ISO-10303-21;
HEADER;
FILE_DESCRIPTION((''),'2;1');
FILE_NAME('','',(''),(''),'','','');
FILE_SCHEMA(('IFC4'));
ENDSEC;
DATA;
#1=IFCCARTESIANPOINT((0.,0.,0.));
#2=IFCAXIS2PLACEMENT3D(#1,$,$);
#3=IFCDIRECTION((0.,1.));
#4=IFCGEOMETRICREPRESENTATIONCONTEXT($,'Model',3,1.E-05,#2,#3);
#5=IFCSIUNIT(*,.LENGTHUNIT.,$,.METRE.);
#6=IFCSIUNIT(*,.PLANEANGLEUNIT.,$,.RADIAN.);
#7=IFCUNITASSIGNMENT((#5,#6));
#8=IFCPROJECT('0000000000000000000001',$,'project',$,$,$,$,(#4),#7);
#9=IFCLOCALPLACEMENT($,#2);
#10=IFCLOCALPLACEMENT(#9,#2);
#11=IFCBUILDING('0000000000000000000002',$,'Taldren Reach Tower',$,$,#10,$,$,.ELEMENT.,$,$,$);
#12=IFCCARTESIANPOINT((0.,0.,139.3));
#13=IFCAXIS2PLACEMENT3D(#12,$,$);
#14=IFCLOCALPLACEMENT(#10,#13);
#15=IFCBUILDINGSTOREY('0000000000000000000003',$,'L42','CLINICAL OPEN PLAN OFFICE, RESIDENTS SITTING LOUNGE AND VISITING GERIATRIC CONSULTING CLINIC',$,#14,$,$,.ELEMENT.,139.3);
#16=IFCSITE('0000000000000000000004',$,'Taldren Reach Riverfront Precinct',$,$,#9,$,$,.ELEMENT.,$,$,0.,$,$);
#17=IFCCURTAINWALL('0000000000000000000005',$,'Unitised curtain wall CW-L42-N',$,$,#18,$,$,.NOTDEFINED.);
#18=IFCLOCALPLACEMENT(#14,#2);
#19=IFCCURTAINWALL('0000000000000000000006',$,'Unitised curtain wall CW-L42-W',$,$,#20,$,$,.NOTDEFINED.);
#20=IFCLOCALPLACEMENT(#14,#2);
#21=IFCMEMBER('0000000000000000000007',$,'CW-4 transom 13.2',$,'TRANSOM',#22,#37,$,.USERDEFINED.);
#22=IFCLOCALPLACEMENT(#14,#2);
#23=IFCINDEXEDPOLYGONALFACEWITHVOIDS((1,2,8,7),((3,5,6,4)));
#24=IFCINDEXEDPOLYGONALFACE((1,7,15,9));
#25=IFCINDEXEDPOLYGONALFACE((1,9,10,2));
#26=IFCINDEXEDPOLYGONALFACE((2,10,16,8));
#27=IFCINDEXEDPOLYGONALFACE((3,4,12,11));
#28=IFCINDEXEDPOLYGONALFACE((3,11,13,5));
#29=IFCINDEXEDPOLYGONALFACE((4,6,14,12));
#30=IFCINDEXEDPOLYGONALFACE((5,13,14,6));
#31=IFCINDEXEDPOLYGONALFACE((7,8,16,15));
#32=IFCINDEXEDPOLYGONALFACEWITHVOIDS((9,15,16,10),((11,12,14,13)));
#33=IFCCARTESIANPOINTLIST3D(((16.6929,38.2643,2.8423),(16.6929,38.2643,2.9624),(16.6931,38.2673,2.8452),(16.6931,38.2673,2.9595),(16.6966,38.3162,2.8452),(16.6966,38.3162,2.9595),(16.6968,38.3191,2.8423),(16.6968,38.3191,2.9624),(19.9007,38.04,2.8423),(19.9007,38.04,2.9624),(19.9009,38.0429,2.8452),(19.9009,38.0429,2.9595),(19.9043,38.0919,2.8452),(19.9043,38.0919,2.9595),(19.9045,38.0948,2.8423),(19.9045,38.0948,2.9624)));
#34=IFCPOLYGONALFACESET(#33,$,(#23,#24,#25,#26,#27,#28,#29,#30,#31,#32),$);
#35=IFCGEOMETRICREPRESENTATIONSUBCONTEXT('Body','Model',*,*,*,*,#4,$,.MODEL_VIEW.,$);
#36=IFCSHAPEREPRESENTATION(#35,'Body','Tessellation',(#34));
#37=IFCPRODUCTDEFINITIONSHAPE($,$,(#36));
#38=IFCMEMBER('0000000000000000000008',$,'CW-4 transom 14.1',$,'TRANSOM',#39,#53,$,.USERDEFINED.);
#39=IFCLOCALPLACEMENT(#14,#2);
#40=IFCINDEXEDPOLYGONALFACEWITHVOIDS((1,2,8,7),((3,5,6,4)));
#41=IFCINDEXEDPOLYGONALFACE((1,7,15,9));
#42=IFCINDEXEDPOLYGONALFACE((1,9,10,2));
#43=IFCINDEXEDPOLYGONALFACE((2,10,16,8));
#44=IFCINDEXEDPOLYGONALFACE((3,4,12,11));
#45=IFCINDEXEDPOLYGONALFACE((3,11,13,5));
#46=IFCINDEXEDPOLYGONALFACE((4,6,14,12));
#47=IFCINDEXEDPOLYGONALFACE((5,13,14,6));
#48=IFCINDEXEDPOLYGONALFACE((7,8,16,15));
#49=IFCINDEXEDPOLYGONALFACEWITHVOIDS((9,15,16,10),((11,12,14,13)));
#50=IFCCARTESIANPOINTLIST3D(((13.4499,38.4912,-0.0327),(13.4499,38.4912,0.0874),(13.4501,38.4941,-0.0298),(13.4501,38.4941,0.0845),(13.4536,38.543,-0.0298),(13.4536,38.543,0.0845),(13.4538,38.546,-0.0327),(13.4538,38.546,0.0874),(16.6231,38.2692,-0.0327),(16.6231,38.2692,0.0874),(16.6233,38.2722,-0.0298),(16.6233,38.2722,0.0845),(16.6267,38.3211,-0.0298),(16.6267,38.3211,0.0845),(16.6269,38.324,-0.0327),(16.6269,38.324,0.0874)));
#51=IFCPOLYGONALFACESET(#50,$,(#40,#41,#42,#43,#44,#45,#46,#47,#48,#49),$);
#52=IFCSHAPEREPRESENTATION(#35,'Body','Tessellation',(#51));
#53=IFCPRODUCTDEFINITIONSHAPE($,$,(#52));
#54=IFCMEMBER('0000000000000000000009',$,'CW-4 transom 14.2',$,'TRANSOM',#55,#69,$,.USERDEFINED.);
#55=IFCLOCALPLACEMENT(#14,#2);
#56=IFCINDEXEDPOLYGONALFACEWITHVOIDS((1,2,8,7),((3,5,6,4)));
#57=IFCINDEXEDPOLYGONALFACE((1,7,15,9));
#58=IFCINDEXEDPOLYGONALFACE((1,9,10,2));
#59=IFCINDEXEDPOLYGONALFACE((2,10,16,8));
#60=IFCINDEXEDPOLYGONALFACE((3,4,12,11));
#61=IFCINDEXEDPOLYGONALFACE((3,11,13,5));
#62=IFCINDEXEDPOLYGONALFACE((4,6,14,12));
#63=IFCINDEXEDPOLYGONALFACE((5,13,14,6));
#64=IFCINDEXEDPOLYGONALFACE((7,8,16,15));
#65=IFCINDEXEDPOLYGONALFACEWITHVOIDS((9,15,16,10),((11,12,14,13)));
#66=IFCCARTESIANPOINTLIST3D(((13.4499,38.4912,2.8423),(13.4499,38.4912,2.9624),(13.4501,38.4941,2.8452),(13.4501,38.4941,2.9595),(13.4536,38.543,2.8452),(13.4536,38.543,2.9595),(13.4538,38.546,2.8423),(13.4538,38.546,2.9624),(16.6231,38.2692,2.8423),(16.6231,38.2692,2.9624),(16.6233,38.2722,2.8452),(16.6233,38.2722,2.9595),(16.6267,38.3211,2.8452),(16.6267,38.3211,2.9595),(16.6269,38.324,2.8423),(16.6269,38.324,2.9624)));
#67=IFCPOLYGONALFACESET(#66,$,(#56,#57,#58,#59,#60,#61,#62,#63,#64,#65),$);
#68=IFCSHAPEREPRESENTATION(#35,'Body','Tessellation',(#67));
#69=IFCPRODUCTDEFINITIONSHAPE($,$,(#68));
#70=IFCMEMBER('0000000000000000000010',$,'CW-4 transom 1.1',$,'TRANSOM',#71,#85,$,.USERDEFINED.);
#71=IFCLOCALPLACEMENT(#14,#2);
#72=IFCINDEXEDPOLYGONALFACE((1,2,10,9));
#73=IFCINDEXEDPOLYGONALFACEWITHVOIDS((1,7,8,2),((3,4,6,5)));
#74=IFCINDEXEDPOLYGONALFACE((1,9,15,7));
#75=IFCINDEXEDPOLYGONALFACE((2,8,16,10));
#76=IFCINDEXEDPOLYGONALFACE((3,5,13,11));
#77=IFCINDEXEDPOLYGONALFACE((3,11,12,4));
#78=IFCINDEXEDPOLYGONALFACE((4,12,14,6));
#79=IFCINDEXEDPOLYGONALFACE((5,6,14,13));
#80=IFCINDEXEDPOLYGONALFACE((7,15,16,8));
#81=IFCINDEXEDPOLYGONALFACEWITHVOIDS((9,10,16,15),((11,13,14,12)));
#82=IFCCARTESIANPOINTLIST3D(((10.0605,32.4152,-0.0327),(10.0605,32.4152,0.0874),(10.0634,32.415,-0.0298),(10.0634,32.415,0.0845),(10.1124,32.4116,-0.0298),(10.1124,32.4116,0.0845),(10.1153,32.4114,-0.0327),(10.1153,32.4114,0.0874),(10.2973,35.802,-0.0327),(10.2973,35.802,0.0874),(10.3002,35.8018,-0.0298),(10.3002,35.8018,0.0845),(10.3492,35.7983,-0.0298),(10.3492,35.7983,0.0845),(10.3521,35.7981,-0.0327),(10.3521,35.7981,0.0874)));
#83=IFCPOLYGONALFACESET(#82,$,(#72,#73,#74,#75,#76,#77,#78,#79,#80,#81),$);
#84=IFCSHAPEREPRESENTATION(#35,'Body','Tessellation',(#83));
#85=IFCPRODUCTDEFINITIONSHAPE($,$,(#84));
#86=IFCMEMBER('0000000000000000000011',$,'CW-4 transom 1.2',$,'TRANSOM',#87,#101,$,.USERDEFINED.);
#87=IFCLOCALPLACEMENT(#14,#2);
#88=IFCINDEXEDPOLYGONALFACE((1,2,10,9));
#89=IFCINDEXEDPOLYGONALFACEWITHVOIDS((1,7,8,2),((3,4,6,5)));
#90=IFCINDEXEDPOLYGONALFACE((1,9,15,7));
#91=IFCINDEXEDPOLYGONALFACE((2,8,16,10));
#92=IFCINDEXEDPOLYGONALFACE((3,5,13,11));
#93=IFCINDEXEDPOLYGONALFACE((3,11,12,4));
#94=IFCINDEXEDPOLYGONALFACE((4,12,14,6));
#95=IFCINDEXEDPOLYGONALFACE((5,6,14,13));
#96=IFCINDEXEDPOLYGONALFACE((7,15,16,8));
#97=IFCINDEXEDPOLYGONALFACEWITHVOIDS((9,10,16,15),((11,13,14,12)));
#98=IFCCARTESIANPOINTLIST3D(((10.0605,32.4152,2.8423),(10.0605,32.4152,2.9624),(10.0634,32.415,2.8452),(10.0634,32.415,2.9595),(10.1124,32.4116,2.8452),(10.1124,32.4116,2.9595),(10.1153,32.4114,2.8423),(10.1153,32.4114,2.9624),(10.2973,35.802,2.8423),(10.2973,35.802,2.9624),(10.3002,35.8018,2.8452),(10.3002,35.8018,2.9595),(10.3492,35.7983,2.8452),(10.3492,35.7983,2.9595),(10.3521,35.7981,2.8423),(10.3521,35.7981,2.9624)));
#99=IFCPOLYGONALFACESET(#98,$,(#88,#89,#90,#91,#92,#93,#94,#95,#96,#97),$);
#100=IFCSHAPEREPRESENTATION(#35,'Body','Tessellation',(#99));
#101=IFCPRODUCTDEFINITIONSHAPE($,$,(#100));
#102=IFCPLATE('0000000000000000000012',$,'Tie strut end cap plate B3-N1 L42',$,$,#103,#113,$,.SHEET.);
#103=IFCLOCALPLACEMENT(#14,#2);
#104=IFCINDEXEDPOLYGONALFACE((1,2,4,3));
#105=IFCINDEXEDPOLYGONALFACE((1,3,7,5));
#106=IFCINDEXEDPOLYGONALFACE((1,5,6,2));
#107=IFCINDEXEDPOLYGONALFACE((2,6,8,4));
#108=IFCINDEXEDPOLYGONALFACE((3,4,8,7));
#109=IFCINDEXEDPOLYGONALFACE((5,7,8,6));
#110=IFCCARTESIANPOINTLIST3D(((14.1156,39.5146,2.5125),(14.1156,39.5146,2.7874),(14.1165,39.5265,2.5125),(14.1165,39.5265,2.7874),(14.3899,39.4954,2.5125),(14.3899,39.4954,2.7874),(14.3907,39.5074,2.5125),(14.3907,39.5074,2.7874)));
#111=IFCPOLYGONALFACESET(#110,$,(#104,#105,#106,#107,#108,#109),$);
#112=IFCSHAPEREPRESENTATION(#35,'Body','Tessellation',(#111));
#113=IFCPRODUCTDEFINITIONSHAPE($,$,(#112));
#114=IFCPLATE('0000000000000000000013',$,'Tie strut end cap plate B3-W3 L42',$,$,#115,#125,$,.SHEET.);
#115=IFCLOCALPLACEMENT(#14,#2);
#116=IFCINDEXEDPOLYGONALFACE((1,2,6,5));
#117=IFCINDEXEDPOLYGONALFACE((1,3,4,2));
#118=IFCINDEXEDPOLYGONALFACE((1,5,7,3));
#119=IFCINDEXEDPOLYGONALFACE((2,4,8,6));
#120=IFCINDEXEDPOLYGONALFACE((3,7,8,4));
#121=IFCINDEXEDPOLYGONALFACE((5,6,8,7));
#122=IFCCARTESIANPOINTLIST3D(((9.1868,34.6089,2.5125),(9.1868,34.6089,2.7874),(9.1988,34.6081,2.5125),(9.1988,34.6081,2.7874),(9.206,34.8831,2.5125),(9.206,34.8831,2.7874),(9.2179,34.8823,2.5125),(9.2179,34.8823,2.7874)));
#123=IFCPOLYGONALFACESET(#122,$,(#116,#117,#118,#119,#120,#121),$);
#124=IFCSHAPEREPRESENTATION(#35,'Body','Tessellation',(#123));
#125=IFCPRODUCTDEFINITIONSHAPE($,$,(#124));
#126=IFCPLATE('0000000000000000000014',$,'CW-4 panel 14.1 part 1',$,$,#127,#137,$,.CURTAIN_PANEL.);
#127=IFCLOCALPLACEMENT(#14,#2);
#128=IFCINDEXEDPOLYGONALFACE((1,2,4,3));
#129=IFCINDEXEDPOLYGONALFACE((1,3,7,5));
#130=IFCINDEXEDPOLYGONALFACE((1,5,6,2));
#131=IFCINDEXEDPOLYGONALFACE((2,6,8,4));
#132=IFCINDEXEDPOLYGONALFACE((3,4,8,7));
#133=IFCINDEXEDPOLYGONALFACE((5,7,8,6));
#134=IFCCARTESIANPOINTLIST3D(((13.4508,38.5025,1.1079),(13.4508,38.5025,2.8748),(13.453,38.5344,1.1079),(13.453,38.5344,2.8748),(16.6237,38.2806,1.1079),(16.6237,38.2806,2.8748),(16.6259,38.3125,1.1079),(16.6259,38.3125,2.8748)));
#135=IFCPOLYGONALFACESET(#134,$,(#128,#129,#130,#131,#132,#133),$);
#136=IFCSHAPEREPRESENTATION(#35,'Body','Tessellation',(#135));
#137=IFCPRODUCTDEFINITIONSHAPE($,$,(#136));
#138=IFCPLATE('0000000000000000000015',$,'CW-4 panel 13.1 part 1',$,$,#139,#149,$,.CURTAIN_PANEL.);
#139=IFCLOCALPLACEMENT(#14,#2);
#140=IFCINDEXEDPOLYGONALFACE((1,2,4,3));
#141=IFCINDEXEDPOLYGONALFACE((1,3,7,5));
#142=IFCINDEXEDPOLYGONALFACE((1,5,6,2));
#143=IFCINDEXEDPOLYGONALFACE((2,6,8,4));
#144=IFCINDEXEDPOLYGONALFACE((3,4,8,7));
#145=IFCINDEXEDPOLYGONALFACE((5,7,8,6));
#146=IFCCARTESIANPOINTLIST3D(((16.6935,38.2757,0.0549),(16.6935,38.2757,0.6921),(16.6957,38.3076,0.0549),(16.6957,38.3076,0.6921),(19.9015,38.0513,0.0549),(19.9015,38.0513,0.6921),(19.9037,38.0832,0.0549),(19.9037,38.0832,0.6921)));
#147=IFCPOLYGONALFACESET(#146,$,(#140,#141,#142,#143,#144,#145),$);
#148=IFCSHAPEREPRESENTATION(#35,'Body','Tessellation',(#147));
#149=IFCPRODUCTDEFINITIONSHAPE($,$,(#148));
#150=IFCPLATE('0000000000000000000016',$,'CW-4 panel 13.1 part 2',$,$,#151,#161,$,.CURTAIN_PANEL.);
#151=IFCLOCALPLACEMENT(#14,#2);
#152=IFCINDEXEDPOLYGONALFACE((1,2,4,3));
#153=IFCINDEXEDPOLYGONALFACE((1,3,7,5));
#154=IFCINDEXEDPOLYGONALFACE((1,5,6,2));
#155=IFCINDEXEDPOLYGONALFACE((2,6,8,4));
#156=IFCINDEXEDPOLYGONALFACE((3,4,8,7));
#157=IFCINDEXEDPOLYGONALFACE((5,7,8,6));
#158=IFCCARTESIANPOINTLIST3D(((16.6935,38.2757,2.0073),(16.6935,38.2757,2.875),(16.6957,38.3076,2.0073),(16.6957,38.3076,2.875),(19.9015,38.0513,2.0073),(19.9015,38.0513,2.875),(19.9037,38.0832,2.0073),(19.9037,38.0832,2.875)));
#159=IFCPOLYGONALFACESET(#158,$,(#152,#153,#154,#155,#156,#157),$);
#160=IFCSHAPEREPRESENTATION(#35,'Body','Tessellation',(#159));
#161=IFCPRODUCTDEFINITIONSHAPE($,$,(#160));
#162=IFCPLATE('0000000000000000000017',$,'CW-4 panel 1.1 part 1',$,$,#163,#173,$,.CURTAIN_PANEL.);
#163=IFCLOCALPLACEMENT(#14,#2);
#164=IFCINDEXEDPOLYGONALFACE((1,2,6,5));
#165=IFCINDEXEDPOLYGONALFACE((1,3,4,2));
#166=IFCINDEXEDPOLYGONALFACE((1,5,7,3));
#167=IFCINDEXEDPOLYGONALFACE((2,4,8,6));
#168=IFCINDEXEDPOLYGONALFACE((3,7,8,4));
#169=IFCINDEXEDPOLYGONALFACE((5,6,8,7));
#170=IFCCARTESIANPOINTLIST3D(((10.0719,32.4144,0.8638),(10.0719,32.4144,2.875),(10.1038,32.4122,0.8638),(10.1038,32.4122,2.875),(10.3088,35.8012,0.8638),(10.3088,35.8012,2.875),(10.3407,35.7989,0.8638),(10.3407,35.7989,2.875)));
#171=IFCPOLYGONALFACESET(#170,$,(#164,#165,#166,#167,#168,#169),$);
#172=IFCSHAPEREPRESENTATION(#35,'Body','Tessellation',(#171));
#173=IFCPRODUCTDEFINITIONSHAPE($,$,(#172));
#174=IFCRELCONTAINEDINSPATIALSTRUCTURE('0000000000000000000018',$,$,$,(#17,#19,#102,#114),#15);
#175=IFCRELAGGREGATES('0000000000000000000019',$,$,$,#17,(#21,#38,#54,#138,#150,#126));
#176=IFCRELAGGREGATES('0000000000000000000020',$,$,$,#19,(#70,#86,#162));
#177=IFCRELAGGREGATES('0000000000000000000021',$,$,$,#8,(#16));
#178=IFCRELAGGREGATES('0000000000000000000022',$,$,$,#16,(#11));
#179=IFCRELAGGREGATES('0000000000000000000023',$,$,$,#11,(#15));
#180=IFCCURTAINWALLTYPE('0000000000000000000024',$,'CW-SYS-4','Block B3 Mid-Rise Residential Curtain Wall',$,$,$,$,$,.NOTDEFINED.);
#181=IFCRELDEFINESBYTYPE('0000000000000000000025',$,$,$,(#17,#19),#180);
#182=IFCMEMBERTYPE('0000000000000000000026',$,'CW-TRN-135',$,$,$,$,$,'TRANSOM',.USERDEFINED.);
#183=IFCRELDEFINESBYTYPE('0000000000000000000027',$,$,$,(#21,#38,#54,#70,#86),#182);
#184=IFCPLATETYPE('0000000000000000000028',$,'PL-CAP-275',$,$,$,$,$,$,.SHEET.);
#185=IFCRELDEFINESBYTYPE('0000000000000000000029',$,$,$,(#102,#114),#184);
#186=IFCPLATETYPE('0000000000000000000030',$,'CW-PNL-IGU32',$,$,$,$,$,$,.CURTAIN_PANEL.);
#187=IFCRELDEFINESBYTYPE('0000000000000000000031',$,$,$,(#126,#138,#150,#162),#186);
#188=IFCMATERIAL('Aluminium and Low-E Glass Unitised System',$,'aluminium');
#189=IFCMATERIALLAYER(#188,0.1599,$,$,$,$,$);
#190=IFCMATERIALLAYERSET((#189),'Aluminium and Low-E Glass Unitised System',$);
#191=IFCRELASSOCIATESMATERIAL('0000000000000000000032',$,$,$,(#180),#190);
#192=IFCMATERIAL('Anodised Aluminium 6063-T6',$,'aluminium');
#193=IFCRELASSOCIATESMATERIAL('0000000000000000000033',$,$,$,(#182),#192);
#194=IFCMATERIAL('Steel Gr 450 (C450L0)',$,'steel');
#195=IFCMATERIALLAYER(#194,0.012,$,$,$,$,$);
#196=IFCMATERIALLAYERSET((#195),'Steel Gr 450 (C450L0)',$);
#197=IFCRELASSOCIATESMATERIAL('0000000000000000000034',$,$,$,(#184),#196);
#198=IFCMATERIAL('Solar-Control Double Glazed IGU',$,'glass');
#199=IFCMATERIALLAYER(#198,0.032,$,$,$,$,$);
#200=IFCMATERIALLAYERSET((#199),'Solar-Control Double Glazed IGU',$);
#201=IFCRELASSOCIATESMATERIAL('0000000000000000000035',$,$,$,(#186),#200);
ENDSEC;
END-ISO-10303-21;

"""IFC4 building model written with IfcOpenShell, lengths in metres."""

from ifc_helpers import new_model, si_unit, direction, frame, origin, origin_2d, place, context, subcontext, project, spatial, rectangle, hollow_rectangle, extrude, source, transform, mapped, material, layer, layer_set, material_profile, profile_set, type_object, element, aggregate, save


model = new_model("IFC4")

# Units and contexts
model_context = context("Model", 3, precision=1e-05, world=origin(), true_north=direction((0.0, 1.0)))
body_context = subcontext(model_context, "Body", "Model", "MODEL_VIEW")
ifc_project = project(units=[si_unit("LENGTHUNIT", "METRE"), si_unit("PLANEANGLEUNIT", "RADIAN")], contexts=[model_context])

# Site, building, storey
site_placement = place(None, origin())
site = spatial("IfcSite", under=ifc_project, at=site_placement, Name="Taldren Reach Riverfront Precinct", CompositionType="ELEMENT", RefElevation=0.0)
building_placement = place(site_placement, origin())
building = spatial("IfcBuilding", under=site, at=building_placement, Name="Taldren Reach Tower", CompositionType="ELEMENT")
storey_placement = place(building_placement, frame((0.0, 0.0, 139.3)))
storey = spatial("IfcBuildingStorey", under=building, at=storey_placement, Name="L42", Description="CLINICAL OPEN PLAN OFFICE, RESIDENTS SITTING LOUNGE AND VISITING GERIATRIC CONSULTING CLINIC", CompositionType="ELEMENT", Elevation=139.3)

# Shared definitions
ifc_material_1 = material(Name="Steel Gr 450 (C450L0)", Category="steel")

# Curtain wall
ifc_material_2 = material(Name="Aluminium and Low-E Glass Unitised System", Category="aluminium")
ifc_layer_1 = layer(ifc_material_2, 0.1599)
ifc_layer_set_1 = layer_set([ifc_layer_1], Name="Aluminium and Low-E Glass Unitised System")
curtain_wall_type = type_object("IfcCurtainWallType", Name="CW-SYS-4", Description="Block B3 Mid-Rise Residential Curtain Wall", PredefinedType="NOTDEFINED", material=ifc_layer_set_1)
curtain_wall_1_placement = place(storey_placement, origin())
curtain_wall_1 = element("IfcCurtainWall", 1, at=curtain_wall_1_placement, inside=storey, type_object=curtain_wall_type, Name="Unitised curtain wall CW-L42-N", PredefinedType="NOTDEFINED")
ifc_material_3 = material(Name="Anodised Aluminium 6063-T6", Category="aluminium")

# Curtain wall
curtain_wall_2_placement = place(storey_placement, origin())
curtain_wall_2 = element("IfcCurtainWall", 2, at=curtain_wall_2_placement, inside=storey, type_object=curtain_wall_type, Name="Unitised curtain wall CW-L42-W", PredefinedType="NOTDEFINED")

# Members
ifc_material_profile_1 = material_profile(ifc_material_3, hollow_rectangle(XDim=0.0549, YDim=0.1201, WallThickness=0.0029, at=origin_2d()), Name="ALU-120x55x3RHS")
ifc_profile_set_1 = profile_set([ifc_material_profile_1], Name="Anodised Aluminium 6063-T6")
member_type_1 = type_object("IfcMemberType", Name="CW-TRN-135", ElementType="TRANSOM", PredefinedType="USERDEFINED", material=ifc_profile_set_1)
shared_shape_1 = source(origin(), body_context, "Body", "SweptSolid", [
    extrude(hollow_rectangle(XDim=0.0549, YDim=0.1201, WallThickness=0.0029, at=origin_2d()), origin(), (0.0, 0.0, 1.0), 3.2156),
])
member_1_placement = place(storey_placement, frame((19.9026, 38.0674, 2.9023), z_axis=(-0.997563, 0.069774, 0.0), x_axis=(-0.069774, -0.997563, 0.0)))
member_1 = element("IfcMember", 3, at=member_1_placement, type_object=member_type_1, Name="CW-4 transom 13.2", ObjectType="TRANSOM", PredefinedType="USERDEFINED", context=body_context, shape_type="MappedRepresentation", body=[
    mapped(shared_shape_1, transform((0.0, 0.0, 0.0), scale=1.0)),
])
shared_shape_2 = source(origin(), body_context, "Body", "SweptSolid", [
    extrude(hollow_rectangle(XDim=0.0549, YDim=0.1201, WallThickness=0.0029, at=origin_2d()), origin(), (0.0, 0.0, 1.0), 3.1809),
])
member_2_placement = place(storey_placement, frame((16.625, 38.2966, 0.0273), z_axis=(-0.997563, 0.069769, 0.0), x_axis=(-0.069769, -0.997563, 0.0)))
member_2 = element("IfcMember", 4, at=member_2_placement, type_object=member_type_1, Name="CW-4 transom 14.1", ObjectType="TRANSOM", PredefinedType="USERDEFINED", context=body_context, shape_type="MappedRepresentation", body=[
    mapped(shared_shape_2, transform((0.0, 0.0, 0.0), scale=1.0)),
])
member_3_placement = place(storey_placement, frame((16.625, 38.2966, 2.9023), z_axis=(-0.997563, 0.069769, 0.0), x_axis=(-0.069769, -0.997563, 0.0)))
member_3 = element("IfcMember", 5, at=member_3_placement, type_object=member_type_1, Name="CW-4 transom 14.2", ObjectType="TRANSOM", PredefinedType="USERDEFINED", context=body_context, shape_type="MappedRepresentation", body=[
    mapped(shared_shape_2, transform((0.0, 0.0, 0.0), scale=1.0)),
])
shared_shape_3 = source(origin(), body_context, "Body", "SweptSolid", [
    extrude(hollow_rectangle(XDim=0.0549, YDim=0.1201, WallThickness=0.0029, at=origin_2d()), origin(), (0.0, 0.0, 1.0), 3.395),
])
member_4_placement = place(storey_placement, frame((10.3247, 35.8, 0.0273), z_axis=(-0.069755, -0.997564, 0.0), x_axis=(0.997564, -0.069755, 0.0)))
member_4 = element("IfcMember", 6, at=member_4_placement, type_object=member_type_1, Name="CW-4 transom 1.1", ObjectType="TRANSOM", PredefinedType="USERDEFINED", context=body_context, shape_type="MappedRepresentation", body=[
    mapped(shared_shape_3, transform((0.0, 0.0, 0.0), scale=1.0)),
])
member_5_placement = place(storey_placement, frame((10.3247, 35.8, 2.9023), z_axis=(-0.069755, -0.997564, 0.0), x_axis=(0.997564, -0.069755, 0.0)))
member_5 = element("IfcMember", 7, at=member_5_placement, type_object=member_type_1, Name="CW-4 transom 1.2", ObjectType="TRANSOM", PredefinedType="USERDEFINED", context=body_context, shape_type="MappedRepresentation", body=[
    mapped(shared_shape_3, transform((0.0, 0.0, 0.0), scale=1.0)),
])

# Plates
ifc_layer_2 = layer(ifc_material_1, 0.012)
ifc_layer_set_2 = layer_set([ifc_layer_2], Name="Steel Gr 450 (C450L0)")
plate_type_1 = type_object("IfcPlateType", Name="PL-CAP-275", PredefinedType="SHEET", material=ifc_layer_set_2)
shared_shape_4 = source(origin(), body_context, "Body", "SweptSolid", [
    extrude(rectangle(XDim=0.2749, YDim=0.012, at=origin_2d()), origin(), (0.0, 0.0, 1.0), 0.2749),
])
plate_1_placement = place(storey_placement, frame((14.2532, 39.511, 2.5125), z_axis=(0.0, 0.0, 1.0), x_axis=(0.997564, -0.069756, 0.0)))
element("IfcPlate", 8, at=plate_1_placement, inside=storey, type_object=plate_type_1, Name="Tie strut end cap plate B3-N1 L42", PredefinedType="SHEET", context=body_context, shape_type="MappedRepresentation", body=[
    mapped(shared_shape_4, transform((0.0, 0.0, 0.0), scale=1.0)),
])
shared_shape_5 = source(origin(), body_context, "Body", "SweptSolid", [
    extrude(rectangle(XDim=0.012, YDim=0.2749, at=origin_2d()), origin(), (0.0, 0.0, 1.0), 0.2749),
])
plate_2_placement = place(storey_placement, frame((9.2024, 34.7456, 2.5125), z_axis=(0.0, 0.0, 1.0), x_axis=(0.997564, -0.069756, 0.0)))
element("IfcPlate", 9, at=plate_2_placement, inside=storey, type_object=plate_type_1, Name="Tie strut end cap plate B3-W3 L42", PredefinedType="SHEET", context=body_context, shape_type="MappedRepresentation", body=[
    mapped(shared_shape_5, transform((0.0, 0.0, 0.0), scale=1.0)),
])

# Plates
ifc_material_4 = material(Name="Solar-Control Double Glazed IGU", Category="glass")
ifc_layer_3 = layer(ifc_material_4, 0.032)
ifc_layer_set_3 = layer_set([ifc_layer_3], Name="Solar-Control Double Glazed IGU")
plate_type_2 = type_object("IfcPlateType", Name="CW-PNL-IGU32", PredefinedType="CURTAIN_PANEL", material=ifc_layer_set_3)
shared_shape_6 = source(origin(), body_context, "Body", "SweptSolid", [
    extrude(rectangle(XDim=3.1807, YDim=0.032, at=origin_2d()), origin(), (0.0, 0.0, 1.0), 1.7668),
])
plate_3_placement = place(storey_placement, frame((15.0383, 38.4075, 1.1079), z_axis=(0.0, 0.0, 1.0), x_axis=(-0.997564, 0.069757, 0.0)))
plate_3 = element("IfcPlate", 10, at=plate_3_placement, type_object=plate_type_2, Name="CW-4 panel 14.1 part 1", PredefinedType="CURTAIN_PANEL", context=body_context, shape_type="MappedRepresentation", body=[
    mapped(shared_shape_6, transform((0.0, 0.0, 0.0), scale=1.0)),
])
shared_shape_7 = source(origin(), body_context, "Body", "SweptSolid", [
    extrude(rectangle(XDim=3.2158, YDim=0.032, at=origin_2d()), origin(), (0.0, 0.0, 1.0), 0.6372),
])
plate_4_placement = place(storey_placement, frame((18.2986, 38.1794, 0.0549), z_axis=(0.0, 0.0, 1.0), x_axis=(-0.997564, 0.069757, 0.0)))
plate_4 = element("IfcPlate", 11, at=plate_4_placement, type_object=plate_type_2, Name="CW-4 panel 13.1 part 1", PredefinedType="CURTAIN_PANEL", context=body_context, shape_type="MappedRepresentation", body=[
    mapped(shared_shape_7, transform((0.0, 0.0, 0.0), scale=1.0)),
])
shared_shape_8 = source(origin(), body_context, "Body", "SweptSolid", [
    extrude(rectangle(XDim=3.2158, YDim=0.032, at=origin_2d()), origin(), (0.0, 0.0, 1.0), 0.8677),
])
plate_5_placement = place(storey_placement, frame((18.2986, 38.1794, 2.0073), z_axis=(0.0, 0.0, 1.0), x_axis=(-0.997564, 0.069757, 0.0)))
plate_5 = element("IfcPlate", 12, at=plate_5_placement, type_object=plate_type_2, Name="CW-4 panel 13.1 part 2", PredefinedType="CURTAIN_PANEL", context=body_context, shape_type="MappedRepresentation", body=[
    mapped(shared_shape_8, transform((0.0, 0.0, 0.0), scale=1.0)),
])
aggregate(curtain_wall_1, [member_1, member_2, member_3, plate_4, plate_5, plate_3])
shared_shape_9 = source(origin(), body_context, "Body", "SweptSolid", [
    extrude(rectangle(XDim=3.395, YDim=0.032, at=origin_2d()), origin(), (0.0, 0.0, 1.0), 2.0112),
])
plate_6_placement = place(storey_placement, frame((10.2063, 34.1067, 0.8638), z_axis=(0.0, 0.0, 1.0), x_axis=(-0.069756, -0.997564, 0.0)))
plate_6 = element("IfcPlate", 13, at=plate_6_placement, type_object=plate_type_2, Name="CW-4 panel 1.1 part 1", PredefinedType="CURTAIN_PANEL", context=body_context, shape_type="MappedRepresentation", body=[
    mapped(shared_shape_9, transform((0.0, 0.0, 0.0), scale=1.0)),
])
aggregate(curtain_wall_2, [member_4, member_5, plate_6])

save(model, "model.ifc")
